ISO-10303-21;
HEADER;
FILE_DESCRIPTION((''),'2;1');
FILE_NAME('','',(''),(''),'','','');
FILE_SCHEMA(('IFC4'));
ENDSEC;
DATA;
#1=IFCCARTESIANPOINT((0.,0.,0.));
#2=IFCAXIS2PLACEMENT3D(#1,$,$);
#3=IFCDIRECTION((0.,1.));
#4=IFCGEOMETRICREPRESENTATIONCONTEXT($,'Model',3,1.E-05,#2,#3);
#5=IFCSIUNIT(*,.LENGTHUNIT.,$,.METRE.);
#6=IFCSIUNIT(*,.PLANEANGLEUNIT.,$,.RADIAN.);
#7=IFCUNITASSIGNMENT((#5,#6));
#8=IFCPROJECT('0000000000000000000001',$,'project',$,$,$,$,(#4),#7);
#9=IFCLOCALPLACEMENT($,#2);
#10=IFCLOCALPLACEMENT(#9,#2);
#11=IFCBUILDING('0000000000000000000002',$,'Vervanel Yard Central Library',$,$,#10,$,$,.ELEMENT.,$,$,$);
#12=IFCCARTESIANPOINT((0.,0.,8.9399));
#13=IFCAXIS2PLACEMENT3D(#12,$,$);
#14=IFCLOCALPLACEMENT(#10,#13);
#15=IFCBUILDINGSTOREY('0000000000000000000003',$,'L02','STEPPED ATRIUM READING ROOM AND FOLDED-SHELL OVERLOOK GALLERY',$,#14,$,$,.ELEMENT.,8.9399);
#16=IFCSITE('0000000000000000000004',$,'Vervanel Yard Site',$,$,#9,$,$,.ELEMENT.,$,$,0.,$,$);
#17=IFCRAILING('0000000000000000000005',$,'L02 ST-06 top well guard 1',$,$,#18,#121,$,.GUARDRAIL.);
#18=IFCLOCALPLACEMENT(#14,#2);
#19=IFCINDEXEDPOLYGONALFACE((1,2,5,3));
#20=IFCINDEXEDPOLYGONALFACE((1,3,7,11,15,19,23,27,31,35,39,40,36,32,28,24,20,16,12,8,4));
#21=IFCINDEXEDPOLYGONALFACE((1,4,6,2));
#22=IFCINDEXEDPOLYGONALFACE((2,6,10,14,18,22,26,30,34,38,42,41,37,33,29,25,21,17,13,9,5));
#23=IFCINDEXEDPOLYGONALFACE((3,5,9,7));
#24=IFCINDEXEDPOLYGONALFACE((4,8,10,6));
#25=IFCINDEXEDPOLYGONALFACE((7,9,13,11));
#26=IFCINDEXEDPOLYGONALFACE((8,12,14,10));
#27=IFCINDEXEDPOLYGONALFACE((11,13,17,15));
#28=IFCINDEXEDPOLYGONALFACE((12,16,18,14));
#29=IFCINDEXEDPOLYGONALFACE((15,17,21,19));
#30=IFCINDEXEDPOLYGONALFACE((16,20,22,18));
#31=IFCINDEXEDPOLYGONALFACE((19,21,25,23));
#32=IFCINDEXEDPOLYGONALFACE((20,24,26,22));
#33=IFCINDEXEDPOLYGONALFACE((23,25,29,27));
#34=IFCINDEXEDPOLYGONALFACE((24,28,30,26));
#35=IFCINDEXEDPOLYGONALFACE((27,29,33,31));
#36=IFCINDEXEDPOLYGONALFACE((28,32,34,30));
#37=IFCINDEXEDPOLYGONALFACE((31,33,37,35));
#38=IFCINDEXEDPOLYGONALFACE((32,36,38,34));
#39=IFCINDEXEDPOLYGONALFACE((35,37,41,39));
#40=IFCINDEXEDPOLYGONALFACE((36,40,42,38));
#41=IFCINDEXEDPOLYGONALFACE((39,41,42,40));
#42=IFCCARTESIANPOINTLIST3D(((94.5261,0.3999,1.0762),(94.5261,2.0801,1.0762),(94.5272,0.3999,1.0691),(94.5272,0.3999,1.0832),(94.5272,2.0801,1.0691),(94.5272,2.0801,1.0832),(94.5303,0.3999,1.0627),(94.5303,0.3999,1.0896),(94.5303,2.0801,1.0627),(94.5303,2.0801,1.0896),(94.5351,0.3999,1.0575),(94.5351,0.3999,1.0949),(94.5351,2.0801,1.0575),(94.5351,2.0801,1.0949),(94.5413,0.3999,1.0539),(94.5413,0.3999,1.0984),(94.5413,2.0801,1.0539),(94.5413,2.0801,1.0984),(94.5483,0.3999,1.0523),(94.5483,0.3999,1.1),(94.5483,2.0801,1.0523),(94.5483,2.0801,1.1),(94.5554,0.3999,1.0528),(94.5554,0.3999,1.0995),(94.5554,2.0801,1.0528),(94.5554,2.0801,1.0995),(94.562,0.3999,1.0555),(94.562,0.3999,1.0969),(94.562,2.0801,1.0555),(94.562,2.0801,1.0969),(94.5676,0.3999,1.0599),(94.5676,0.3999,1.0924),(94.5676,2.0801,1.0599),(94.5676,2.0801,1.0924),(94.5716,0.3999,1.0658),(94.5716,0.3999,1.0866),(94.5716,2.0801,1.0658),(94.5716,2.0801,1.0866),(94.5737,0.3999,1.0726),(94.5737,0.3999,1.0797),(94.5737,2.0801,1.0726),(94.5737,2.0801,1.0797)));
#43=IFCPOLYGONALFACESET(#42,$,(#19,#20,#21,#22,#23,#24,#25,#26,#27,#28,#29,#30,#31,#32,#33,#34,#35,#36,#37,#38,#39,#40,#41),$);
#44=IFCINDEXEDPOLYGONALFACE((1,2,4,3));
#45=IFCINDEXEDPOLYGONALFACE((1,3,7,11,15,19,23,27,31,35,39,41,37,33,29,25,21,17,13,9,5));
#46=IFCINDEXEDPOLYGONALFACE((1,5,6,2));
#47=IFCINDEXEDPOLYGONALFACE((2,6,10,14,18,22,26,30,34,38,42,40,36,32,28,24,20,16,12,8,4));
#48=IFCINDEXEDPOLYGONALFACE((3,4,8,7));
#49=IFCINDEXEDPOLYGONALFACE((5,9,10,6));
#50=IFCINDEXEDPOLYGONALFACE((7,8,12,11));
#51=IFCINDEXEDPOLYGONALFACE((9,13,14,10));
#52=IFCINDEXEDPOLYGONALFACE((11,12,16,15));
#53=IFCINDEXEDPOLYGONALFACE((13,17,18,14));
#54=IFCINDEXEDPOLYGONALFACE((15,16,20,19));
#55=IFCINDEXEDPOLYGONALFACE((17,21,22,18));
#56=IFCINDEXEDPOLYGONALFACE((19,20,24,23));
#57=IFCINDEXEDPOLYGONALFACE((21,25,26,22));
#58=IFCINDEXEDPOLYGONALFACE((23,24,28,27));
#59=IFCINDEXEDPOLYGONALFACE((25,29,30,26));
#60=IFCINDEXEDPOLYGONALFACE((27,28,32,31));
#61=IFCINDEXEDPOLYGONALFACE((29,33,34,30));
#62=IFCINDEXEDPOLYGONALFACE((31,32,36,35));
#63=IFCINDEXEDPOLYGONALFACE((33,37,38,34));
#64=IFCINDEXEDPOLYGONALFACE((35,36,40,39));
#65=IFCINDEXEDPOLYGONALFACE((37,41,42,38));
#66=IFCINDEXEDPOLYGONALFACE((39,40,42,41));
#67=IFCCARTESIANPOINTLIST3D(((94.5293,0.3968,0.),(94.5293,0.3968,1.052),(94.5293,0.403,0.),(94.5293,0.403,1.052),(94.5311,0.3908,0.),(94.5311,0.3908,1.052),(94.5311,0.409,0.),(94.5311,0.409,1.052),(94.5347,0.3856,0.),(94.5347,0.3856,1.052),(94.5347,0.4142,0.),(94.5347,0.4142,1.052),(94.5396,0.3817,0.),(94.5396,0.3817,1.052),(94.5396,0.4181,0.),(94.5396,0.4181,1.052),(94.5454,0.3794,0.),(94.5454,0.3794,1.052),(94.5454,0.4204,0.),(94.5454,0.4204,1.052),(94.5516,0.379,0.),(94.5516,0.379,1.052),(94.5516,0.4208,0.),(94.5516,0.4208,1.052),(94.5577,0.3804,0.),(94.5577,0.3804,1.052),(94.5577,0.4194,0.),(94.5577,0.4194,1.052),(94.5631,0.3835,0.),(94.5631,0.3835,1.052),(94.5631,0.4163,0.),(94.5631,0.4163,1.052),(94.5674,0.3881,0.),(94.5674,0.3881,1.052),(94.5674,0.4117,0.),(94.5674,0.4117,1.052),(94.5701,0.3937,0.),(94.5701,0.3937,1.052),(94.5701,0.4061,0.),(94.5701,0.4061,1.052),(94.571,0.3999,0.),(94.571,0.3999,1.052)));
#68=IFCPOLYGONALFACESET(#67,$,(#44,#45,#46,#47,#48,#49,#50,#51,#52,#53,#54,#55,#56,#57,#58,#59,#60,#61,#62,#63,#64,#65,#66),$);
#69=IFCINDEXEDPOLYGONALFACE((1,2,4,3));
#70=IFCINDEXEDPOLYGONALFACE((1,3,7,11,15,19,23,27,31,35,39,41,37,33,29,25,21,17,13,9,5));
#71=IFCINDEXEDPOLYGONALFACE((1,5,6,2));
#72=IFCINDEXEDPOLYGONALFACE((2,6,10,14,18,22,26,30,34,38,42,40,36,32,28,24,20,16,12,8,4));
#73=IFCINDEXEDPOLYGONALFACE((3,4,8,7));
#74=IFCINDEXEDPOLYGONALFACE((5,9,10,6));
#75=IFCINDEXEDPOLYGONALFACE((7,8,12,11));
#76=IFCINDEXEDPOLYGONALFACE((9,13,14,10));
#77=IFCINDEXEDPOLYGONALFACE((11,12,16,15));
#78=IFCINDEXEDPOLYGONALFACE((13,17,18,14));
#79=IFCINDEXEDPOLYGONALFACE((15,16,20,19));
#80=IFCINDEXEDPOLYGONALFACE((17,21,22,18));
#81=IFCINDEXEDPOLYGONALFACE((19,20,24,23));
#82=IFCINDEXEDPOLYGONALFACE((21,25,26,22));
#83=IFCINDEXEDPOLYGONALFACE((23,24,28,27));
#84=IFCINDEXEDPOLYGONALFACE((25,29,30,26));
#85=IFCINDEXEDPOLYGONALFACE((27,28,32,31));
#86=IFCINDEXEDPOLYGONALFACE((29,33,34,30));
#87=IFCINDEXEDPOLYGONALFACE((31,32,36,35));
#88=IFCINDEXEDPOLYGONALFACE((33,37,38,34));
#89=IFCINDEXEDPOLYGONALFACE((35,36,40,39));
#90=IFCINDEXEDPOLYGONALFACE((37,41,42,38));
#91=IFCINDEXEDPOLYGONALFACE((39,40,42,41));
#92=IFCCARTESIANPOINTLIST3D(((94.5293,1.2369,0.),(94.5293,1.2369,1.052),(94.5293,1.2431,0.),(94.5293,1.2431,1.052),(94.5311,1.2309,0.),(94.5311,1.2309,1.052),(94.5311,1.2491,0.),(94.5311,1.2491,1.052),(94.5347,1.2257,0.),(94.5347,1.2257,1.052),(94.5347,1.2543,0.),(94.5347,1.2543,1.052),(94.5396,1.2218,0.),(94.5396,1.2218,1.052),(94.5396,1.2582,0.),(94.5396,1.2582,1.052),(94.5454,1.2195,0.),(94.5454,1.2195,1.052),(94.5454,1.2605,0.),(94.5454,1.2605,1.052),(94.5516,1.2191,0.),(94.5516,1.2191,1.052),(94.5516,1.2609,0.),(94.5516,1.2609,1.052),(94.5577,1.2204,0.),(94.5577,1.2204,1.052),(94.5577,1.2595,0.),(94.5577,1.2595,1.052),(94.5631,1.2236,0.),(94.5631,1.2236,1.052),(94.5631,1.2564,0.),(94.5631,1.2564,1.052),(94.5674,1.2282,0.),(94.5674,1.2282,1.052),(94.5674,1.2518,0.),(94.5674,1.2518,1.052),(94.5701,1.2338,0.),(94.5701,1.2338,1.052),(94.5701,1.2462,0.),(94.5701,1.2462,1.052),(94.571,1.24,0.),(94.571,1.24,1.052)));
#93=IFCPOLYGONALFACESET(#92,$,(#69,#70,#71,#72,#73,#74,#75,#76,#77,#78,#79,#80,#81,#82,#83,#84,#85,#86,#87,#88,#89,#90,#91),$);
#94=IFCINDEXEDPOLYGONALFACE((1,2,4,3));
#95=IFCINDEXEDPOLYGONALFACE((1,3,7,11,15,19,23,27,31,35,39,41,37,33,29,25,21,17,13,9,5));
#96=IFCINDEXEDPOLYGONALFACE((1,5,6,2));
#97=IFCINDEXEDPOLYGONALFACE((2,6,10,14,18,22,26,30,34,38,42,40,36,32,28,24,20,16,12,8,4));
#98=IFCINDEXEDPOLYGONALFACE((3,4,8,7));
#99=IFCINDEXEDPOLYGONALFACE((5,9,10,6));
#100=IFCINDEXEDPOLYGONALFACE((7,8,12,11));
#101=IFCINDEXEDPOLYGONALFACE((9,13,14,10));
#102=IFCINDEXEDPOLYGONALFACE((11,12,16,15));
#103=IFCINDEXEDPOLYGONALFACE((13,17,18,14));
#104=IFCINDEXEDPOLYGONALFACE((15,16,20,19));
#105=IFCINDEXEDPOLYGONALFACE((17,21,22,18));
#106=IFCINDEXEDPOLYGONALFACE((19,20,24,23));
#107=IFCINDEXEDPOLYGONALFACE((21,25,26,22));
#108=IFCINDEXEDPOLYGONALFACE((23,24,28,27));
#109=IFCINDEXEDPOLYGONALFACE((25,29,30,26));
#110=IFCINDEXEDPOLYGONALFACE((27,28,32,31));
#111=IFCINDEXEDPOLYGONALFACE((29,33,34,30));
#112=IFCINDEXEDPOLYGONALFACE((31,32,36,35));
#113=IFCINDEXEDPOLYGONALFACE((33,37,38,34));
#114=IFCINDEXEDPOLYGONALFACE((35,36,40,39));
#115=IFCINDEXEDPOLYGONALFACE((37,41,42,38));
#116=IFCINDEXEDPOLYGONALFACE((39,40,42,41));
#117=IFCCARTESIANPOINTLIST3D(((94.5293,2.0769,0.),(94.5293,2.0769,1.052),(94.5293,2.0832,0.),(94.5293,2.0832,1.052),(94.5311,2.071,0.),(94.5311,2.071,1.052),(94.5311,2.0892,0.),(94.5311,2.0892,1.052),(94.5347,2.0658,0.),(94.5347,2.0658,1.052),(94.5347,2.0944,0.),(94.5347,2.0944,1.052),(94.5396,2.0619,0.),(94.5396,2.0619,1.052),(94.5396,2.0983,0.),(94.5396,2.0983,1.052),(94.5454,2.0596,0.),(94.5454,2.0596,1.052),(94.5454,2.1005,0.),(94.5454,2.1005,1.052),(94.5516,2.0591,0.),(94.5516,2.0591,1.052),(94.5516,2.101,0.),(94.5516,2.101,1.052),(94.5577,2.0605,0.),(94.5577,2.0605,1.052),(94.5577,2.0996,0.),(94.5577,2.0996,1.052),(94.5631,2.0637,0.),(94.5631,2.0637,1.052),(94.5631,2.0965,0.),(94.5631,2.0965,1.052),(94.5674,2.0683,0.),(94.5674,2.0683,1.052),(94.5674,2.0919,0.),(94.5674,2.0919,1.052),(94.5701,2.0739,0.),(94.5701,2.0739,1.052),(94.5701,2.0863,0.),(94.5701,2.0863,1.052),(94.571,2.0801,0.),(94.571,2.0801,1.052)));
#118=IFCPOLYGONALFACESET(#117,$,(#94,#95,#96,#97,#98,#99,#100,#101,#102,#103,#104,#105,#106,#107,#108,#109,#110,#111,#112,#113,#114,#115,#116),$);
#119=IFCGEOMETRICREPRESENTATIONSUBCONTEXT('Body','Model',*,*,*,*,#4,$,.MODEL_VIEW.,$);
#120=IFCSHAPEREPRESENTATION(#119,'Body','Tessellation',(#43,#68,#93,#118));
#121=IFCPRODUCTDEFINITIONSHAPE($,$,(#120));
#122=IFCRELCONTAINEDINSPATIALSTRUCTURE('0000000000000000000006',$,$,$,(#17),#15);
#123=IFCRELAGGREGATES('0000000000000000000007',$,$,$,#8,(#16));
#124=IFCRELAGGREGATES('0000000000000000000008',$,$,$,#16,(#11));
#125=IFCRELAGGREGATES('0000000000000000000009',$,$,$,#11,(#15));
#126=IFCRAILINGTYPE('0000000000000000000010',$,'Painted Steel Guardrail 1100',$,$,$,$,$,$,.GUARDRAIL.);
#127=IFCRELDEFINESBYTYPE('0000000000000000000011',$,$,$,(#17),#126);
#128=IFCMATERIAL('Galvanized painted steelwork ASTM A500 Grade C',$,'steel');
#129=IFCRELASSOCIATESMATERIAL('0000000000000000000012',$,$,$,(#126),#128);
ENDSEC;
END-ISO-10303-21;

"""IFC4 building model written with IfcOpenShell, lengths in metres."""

from ifc_helpers import new_model, si_unit, direction, frame, origin, origin_2d, place, context, subcontext, project, spatial, circle, extrude, material, type_object, element, save


model = new_model("IFC4")

# Units and contexts
model_context = context("Model", 3, precision=1e-05, world=origin(), true_north=direction((0.0, 1.0)))
body_context = subcontext(model_context, "Body", "Model", "MODEL_VIEW")
ifc_project = project(units=[si_unit("LENGTHUNIT", "METRE"), si_unit("PLANEANGLEUNIT", "RADIAN")], contexts=[model_context])

# Site, building, storey
site_placement = place(None, origin())
site = spatial("IfcSite", under=ifc_project, at=site_placement, Name="Vervanel Yard Site", CompositionType="ELEMENT", RefElevation=0.0)
building_placement = place(site_placement, origin())
building = spatial("IfcBuilding", under=site, at=building_placement, Name="Vervanel Yard Central Library", CompositionType="ELEMENT")
storey_placement = place(building_placement, frame((0.0, 0.0, 8.9399)))
storey = spatial("IfcBuildingStorey", under=building, at=storey_placement, Name="L02", Description="STEPPED ATRIUM READING ROOM AND FOLDED-SHELL OVERLOOK GALLERY", CompositionType="ELEMENT", Elevation=8.9399)

# Shared definitions
ifc_material_1 = material(Name="Galvanized painted steelwork ASTM A500 Grade C", Category="steel")

# Railing
railing_type = type_object("IfcRailingType", Name="Painted Steel Guardrail 1100", PredefinedType="GUARDRAIL", material=ifc_material_1)
railing_1_placement = place(storey_placement, frame((94.55, 0.3999, 0.0)))
element("IfcRailing", 1, at=railing_1_placement, inside=storey, type_object=railing_type, Name="L02 ST-06 top well guard 1", PredefinedType="GUARDRAIL", context=body_context, shape_type="SweptSolid", body=[
    extrude(circle(Radius=0.0239, at=origin_2d()), frame((0.0, 0.0, 1.0762), z_axis=(0.0, 1.0, 0.0), x_axis=(-1.0, 0.0, 0.0)), (0.0, 0.0, 1.0), 1.6802),
    extrude(circle(Radius=0.021, at=origin_2d()), origin(), (0.0, 0.0, 1.0), 1.052),
    extrude(circle(Radius=0.021, at=origin_2d()), frame((0.0, 0.8401, 0.0)), (0.0, 0.0, 1.0), 1.052),
    extrude(circle(Radius=0.021, at=origin_2d()), frame((0.0, 1.6802, 0.0)), (0.0, 0.0, 1.0), 1.052),
])

save(model, "model.ifc")
